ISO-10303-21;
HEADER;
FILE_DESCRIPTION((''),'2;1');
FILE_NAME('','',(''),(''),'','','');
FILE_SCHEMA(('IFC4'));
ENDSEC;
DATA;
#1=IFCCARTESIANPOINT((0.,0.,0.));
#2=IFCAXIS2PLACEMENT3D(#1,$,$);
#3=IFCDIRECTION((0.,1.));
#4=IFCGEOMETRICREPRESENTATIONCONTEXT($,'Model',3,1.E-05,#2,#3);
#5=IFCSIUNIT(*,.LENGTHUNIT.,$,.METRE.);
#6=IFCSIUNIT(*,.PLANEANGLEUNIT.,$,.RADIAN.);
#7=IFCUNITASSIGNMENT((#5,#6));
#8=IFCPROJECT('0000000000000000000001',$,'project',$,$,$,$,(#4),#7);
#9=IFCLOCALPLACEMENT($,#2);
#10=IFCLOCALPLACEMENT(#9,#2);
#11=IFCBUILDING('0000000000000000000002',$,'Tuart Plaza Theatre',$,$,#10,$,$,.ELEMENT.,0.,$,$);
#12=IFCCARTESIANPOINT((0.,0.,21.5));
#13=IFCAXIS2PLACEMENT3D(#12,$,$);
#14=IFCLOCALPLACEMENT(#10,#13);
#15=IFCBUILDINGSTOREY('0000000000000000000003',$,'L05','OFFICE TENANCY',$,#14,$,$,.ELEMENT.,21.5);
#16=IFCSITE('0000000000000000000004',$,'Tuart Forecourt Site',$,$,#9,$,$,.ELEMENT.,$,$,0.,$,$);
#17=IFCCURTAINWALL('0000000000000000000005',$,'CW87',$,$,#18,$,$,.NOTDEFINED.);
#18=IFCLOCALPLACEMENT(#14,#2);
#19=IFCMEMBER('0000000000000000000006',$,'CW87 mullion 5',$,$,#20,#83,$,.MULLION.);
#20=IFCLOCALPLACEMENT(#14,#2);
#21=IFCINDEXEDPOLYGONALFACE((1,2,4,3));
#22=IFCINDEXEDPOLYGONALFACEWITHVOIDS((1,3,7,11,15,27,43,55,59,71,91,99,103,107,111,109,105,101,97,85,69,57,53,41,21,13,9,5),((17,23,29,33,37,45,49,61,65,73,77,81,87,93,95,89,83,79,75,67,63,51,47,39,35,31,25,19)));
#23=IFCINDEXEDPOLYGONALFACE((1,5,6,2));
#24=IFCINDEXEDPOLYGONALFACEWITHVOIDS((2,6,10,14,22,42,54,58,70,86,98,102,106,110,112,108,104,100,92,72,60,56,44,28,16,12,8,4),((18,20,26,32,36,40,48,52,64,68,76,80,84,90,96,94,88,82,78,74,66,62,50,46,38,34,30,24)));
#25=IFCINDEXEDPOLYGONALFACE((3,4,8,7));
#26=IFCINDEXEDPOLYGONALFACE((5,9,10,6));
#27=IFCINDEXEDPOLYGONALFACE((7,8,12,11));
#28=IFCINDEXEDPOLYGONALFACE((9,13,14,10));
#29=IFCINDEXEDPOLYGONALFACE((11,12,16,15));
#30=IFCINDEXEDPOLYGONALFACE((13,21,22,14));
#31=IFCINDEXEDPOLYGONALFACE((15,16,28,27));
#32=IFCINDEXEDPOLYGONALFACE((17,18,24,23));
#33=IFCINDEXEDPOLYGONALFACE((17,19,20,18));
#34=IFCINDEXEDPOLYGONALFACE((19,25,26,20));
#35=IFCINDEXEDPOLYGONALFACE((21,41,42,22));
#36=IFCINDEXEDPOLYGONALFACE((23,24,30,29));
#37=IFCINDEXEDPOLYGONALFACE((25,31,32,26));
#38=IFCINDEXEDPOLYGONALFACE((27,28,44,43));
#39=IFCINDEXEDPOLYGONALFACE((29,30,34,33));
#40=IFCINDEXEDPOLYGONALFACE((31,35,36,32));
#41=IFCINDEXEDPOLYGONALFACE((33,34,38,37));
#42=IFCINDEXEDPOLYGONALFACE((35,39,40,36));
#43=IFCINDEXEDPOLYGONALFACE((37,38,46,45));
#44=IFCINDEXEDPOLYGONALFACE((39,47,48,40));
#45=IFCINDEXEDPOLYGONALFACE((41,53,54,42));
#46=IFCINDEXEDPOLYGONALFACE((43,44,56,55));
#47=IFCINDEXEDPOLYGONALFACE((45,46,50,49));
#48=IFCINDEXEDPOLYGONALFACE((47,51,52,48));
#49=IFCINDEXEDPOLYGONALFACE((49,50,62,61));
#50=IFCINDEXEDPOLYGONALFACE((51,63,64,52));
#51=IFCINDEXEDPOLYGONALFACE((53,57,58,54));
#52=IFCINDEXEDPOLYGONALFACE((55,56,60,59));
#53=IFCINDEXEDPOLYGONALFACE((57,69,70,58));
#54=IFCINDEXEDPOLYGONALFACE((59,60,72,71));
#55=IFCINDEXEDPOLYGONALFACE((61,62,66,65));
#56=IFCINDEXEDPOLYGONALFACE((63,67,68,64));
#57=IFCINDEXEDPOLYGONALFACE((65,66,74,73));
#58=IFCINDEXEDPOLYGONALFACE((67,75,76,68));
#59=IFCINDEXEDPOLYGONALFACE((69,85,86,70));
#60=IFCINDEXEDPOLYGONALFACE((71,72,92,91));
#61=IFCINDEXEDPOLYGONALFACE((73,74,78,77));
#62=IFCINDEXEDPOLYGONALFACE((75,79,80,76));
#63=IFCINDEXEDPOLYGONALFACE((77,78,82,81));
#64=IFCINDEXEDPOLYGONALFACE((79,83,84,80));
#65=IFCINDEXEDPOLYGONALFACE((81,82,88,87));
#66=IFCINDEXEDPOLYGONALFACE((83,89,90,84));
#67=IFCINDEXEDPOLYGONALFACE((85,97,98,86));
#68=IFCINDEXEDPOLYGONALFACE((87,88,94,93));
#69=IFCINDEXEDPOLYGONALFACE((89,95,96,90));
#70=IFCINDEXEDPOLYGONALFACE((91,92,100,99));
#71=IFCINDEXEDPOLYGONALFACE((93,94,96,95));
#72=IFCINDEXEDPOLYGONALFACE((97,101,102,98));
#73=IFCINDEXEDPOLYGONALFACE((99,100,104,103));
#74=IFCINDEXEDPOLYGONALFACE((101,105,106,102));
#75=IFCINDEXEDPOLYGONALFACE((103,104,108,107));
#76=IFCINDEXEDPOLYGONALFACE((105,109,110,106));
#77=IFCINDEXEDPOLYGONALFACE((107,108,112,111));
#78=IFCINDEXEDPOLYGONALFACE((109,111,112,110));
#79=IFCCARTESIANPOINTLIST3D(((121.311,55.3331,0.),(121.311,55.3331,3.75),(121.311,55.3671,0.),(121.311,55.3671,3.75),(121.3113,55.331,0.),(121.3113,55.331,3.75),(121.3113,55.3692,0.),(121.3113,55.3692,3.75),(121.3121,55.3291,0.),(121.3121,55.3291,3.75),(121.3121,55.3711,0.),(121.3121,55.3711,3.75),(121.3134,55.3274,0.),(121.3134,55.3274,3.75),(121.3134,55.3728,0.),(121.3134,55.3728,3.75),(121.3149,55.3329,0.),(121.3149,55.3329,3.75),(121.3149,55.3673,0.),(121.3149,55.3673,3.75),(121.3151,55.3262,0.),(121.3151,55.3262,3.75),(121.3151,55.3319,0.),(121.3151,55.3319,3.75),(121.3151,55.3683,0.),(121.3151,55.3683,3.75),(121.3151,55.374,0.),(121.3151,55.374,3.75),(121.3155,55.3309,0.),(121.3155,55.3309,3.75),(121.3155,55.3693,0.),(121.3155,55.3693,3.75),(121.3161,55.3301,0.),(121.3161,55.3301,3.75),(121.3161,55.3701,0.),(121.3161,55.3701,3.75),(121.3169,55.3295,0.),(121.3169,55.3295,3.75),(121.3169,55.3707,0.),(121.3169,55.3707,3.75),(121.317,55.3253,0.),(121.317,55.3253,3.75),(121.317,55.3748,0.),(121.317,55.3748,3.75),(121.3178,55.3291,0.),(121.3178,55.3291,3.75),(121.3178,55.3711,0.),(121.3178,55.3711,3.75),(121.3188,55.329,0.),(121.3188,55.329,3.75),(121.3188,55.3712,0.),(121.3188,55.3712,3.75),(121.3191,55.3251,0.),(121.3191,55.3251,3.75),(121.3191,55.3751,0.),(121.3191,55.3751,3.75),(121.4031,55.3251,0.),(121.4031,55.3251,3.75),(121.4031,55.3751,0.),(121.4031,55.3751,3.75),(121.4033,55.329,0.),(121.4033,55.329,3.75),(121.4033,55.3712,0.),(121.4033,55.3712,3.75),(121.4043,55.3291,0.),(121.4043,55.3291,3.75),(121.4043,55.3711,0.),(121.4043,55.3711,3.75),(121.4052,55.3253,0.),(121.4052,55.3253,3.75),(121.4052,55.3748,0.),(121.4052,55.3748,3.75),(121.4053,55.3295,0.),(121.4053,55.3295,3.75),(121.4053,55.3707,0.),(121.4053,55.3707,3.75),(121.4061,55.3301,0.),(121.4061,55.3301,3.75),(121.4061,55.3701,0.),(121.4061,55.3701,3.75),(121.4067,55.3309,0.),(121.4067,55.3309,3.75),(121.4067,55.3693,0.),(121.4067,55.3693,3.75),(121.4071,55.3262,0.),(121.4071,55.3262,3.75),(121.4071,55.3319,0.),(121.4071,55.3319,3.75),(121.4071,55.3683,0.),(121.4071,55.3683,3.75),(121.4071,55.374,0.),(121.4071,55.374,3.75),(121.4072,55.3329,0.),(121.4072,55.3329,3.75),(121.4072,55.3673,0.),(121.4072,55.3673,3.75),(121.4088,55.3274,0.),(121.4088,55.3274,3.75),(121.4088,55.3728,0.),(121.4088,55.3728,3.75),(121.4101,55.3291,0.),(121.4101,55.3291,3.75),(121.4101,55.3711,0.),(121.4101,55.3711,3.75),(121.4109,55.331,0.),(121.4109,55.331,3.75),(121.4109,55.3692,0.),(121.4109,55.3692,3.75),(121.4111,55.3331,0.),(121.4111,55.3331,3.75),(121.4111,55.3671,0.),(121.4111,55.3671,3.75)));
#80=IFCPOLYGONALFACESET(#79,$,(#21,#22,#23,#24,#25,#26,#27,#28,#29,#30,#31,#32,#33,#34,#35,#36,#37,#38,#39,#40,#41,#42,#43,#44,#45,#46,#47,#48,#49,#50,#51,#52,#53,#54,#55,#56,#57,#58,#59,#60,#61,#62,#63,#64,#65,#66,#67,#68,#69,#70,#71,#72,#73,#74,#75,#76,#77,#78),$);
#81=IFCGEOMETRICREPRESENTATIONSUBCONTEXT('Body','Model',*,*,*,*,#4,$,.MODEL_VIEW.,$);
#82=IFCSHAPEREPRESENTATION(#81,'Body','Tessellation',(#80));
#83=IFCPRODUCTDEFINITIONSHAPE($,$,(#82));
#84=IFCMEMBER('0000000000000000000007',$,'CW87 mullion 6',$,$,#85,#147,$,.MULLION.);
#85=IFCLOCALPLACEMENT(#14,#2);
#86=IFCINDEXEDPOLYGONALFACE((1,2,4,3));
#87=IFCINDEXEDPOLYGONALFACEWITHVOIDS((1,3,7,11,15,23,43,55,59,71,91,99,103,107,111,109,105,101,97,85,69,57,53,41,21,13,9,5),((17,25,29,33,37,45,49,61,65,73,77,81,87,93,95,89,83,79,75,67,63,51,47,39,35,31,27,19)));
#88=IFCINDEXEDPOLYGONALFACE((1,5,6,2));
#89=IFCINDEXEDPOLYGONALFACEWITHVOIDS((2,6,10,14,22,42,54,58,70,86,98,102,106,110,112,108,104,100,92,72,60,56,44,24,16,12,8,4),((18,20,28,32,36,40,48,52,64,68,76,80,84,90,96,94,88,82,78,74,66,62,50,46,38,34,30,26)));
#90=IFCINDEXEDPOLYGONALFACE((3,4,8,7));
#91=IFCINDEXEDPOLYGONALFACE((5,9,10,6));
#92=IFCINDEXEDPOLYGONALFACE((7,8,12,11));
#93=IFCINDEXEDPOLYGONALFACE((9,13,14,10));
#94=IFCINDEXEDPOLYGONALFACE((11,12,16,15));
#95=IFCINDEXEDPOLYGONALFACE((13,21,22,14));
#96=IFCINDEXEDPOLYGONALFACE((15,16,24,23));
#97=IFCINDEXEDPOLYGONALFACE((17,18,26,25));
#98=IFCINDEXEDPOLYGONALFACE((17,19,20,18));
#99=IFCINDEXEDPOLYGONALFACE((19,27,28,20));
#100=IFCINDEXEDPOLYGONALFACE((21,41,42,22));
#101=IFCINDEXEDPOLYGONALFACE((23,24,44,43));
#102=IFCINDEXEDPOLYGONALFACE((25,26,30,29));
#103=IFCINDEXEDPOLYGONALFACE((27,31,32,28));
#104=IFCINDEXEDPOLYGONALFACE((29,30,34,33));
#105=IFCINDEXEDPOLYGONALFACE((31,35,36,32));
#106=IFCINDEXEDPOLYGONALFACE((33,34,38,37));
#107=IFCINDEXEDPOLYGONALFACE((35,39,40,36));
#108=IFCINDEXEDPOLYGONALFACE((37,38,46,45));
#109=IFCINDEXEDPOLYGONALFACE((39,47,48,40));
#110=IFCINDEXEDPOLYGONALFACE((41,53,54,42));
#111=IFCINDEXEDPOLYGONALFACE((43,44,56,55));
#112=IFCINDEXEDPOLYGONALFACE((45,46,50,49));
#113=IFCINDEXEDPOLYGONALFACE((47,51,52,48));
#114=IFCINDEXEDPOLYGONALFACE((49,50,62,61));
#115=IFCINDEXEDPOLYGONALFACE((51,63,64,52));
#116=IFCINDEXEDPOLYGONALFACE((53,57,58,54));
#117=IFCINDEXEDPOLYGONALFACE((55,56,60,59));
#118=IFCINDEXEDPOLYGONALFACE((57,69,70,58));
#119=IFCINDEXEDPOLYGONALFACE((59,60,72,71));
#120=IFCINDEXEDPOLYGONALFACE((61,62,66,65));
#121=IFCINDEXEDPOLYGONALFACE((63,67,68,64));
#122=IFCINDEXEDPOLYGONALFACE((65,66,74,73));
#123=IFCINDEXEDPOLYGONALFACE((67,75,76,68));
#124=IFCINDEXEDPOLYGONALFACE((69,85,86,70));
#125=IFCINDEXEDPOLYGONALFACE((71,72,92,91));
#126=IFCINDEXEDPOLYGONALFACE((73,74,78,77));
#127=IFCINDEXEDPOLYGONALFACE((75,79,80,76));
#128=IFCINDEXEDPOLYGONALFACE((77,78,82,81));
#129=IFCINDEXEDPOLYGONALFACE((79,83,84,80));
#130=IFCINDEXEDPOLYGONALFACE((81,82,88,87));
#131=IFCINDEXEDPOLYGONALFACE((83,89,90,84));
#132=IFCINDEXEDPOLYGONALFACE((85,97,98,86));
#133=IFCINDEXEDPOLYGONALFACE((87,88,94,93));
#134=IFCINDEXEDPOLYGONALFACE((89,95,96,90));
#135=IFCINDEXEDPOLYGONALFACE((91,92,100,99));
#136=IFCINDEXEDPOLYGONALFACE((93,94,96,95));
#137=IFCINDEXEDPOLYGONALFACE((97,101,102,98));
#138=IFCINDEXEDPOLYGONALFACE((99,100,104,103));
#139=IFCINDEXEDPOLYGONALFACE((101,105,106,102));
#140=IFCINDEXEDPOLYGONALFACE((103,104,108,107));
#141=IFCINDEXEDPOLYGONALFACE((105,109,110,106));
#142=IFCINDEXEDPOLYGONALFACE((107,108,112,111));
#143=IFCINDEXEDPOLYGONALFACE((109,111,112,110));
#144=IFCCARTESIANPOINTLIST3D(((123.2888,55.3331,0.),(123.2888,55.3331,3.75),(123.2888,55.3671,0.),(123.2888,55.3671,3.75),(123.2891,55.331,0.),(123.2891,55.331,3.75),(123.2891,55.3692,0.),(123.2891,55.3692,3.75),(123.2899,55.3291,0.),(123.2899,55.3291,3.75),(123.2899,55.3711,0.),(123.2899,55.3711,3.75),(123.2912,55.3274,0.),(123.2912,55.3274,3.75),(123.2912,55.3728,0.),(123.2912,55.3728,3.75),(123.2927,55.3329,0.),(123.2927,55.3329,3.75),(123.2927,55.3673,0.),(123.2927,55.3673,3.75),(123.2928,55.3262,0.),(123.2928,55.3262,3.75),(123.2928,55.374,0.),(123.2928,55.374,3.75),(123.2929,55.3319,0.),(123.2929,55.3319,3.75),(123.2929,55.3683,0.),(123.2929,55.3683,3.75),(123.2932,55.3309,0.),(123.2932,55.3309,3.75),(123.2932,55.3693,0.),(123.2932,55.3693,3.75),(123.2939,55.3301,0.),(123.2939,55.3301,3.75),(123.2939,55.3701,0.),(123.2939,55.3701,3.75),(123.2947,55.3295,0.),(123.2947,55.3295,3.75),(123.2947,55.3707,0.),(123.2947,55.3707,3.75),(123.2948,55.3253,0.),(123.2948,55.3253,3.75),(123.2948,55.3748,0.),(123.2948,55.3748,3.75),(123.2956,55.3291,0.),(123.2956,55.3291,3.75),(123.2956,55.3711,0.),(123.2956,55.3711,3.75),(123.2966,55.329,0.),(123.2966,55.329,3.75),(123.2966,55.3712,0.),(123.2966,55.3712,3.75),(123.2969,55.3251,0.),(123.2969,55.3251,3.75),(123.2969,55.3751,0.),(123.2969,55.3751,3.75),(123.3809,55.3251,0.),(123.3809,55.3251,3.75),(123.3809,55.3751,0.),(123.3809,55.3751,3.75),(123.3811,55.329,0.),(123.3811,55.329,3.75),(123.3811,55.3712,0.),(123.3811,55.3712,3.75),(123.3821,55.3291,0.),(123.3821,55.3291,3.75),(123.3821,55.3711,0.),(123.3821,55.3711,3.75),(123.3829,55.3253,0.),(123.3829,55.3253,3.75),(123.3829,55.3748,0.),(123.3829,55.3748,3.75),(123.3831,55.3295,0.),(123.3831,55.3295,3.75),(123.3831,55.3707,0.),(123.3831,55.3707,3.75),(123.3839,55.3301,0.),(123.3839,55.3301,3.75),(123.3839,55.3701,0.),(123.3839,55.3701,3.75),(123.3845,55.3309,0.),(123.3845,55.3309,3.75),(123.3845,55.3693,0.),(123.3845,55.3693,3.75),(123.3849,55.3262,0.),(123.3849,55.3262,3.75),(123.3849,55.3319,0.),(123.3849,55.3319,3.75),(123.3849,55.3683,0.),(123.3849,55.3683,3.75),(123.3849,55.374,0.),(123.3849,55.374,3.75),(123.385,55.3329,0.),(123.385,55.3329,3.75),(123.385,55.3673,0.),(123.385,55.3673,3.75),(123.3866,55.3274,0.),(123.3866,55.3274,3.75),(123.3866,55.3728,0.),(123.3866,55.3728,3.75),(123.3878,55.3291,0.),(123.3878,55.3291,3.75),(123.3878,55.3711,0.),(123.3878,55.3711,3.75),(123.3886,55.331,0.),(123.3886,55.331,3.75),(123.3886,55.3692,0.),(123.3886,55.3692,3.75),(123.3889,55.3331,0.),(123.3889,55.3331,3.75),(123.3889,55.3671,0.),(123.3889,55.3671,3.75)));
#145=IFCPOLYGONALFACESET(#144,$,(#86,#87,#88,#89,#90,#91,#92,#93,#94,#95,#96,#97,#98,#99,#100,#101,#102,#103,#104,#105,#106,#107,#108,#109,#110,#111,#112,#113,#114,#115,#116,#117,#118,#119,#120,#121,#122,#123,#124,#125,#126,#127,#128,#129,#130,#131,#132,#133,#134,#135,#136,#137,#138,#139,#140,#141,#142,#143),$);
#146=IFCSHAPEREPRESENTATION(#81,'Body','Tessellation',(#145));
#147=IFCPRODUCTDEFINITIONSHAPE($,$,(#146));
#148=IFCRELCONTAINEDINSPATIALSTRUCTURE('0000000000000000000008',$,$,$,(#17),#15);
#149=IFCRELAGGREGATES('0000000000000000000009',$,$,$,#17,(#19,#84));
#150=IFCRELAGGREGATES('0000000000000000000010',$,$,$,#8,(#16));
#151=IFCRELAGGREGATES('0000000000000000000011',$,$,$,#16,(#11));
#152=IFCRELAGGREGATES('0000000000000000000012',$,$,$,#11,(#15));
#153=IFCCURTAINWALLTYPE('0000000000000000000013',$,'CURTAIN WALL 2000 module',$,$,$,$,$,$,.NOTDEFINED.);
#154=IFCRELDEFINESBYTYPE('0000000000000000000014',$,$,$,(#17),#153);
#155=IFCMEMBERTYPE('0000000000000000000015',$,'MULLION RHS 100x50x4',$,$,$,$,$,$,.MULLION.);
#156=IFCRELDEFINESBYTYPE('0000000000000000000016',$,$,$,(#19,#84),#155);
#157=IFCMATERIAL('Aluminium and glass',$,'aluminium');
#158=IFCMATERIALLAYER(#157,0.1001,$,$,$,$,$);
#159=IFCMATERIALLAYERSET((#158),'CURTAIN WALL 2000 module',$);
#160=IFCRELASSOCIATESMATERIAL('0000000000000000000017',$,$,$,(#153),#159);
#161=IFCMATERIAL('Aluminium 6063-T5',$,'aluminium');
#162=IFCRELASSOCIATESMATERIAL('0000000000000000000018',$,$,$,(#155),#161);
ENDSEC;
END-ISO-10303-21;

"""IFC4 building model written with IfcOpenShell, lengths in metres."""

from ifc_helpers import new_model, si_unit, direction, frame, origin, origin_2d, place, context, subcontext, project, spatial, hollow_rectangle, extrude, material, layer, layer_set, material_profile, profile_set, type_object, element, aggregate, save


model = new_model("IFC4")

# Units and contexts
model_context = context("Model", 3, precision=1e-05, world=origin(), true_north=direction((0.0, 1.0)))
body_context = subcontext(model_context, "Body", "Model", "MODEL_VIEW")
ifc_project = project(units=[si_unit("LENGTHUNIT", "METRE"), si_unit("PLANEANGLEUNIT", "RADIAN")], contexts=[model_context])

# Site, building, storey
site_placement = place(None, origin())
site = spatial("IfcSite", under=ifc_project, at=site_placement, Name="Tuart Forecourt Site", CompositionType="ELEMENT", RefElevation=0.0)
building_placement = place(site_placement, origin())
building = spatial("IfcBuilding", under=site, at=building_placement, Name="Tuart Plaza Theatre", CompositionType="ELEMENT", ElevationOfRefHeight=0.0)
storey_placement = place(building_placement, frame((0.0, 0.0, 21.5)))
storey = spatial("IfcBuildingStorey", under=building, at=storey_placement, Name="L05", Description="OFFICE TENANCY", CompositionType="ELEMENT", Elevation=21.5)

# Curtain wall, members
ifc_material_1 = material(Name="Aluminium and glass", Category="aluminium")
ifc_layer_1 = layer(ifc_material_1, 0.1001)
ifc_layer_set_1 = layer_set([ifc_layer_1], Name="CURTAIN WALL 2000 module")
curtain_wall_type = type_object("IfcCurtainWallType", Name="CURTAIN WALL 2000 module", PredefinedType="NOTDEFINED", material=ifc_layer_set_1)
curtain_wall_placement = place(storey_placement, origin())
curtain_wall = element("IfcCurtainWall", 1, at=curtain_wall_placement, inside=storey, type_object=curtain_wall_type, Name="CW87", PredefinedType="NOTDEFINED")
ifc_material_2 = material(Name="Aluminium 6063-T5", Category="aluminium")
ifc_material_profile_1 = material_profile(ifc_material_2, hollow_rectangle(XDim=0.05, YDim=0.1001, WallThickness=0.0039, InnerFilletRadius=0.0039, OuterFilletRadius=0.0081, at=origin_2d()), Name="RHS 100x50x4")
ifc_profile_set_1 = profile_set([ifc_material_profile_1], Name="Aluminium 6063-T5")
member_type_1 = type_object("IfcMemberType", Name="MULLION RHS 100x50x4", PredefinedType="MULLION", material=ifc_profile_set_1)
member_1_placement = place(storey_placement, frame((121.3611, 55.3501, 0.0), z_axis=(0.0, 0.0, 1.0), x_axis=(0.0, 1.0, 0.0)))
member_1 = element("IfcMember", 2, at=member_1_placement, type_object=member_type_1, Name="CW87 mullion 5", PredefinedType="MULLION", context=body_context, shape_type="SweptSolid", body=[
    extrude(hollow_rectangle(XDim=0.05, YDim=0.1001, WallThickness=0.0039, InnerFilletRadius=0.0039, OuterFilletRadius=0.0081, at=origin_2d()), origin(), (0.0, 0.0, 1.0), 3.75),
])
member_2_placement = place(storey_placement, frame((123.3389, 55.3501, 0.0), z_axis=(0.0, 0.0, 1.0), x_axis=(0.0, 1.0, 0.0)))
member_2 = element("IfcMember", 3, at=member_2_placement, type_object=member_type_1, Name="CW87 mullion 6", PredefinedType="MULLION", context=body_context, shape_type="SweptSolid", body=[
    extrude(hollow_rectangle(XDim=0.05, YDim=0.1001, WallThickness=0.0039, InnerFilletRadius=0.0039, OuterFilletRadius=0.0081, at=origin_2d()), origin(), (0.0, 0.0, 1.0), 3.75),
])
aggregate(curtain_wall, [member_1, member_2])

save(model, "model.ifc")
